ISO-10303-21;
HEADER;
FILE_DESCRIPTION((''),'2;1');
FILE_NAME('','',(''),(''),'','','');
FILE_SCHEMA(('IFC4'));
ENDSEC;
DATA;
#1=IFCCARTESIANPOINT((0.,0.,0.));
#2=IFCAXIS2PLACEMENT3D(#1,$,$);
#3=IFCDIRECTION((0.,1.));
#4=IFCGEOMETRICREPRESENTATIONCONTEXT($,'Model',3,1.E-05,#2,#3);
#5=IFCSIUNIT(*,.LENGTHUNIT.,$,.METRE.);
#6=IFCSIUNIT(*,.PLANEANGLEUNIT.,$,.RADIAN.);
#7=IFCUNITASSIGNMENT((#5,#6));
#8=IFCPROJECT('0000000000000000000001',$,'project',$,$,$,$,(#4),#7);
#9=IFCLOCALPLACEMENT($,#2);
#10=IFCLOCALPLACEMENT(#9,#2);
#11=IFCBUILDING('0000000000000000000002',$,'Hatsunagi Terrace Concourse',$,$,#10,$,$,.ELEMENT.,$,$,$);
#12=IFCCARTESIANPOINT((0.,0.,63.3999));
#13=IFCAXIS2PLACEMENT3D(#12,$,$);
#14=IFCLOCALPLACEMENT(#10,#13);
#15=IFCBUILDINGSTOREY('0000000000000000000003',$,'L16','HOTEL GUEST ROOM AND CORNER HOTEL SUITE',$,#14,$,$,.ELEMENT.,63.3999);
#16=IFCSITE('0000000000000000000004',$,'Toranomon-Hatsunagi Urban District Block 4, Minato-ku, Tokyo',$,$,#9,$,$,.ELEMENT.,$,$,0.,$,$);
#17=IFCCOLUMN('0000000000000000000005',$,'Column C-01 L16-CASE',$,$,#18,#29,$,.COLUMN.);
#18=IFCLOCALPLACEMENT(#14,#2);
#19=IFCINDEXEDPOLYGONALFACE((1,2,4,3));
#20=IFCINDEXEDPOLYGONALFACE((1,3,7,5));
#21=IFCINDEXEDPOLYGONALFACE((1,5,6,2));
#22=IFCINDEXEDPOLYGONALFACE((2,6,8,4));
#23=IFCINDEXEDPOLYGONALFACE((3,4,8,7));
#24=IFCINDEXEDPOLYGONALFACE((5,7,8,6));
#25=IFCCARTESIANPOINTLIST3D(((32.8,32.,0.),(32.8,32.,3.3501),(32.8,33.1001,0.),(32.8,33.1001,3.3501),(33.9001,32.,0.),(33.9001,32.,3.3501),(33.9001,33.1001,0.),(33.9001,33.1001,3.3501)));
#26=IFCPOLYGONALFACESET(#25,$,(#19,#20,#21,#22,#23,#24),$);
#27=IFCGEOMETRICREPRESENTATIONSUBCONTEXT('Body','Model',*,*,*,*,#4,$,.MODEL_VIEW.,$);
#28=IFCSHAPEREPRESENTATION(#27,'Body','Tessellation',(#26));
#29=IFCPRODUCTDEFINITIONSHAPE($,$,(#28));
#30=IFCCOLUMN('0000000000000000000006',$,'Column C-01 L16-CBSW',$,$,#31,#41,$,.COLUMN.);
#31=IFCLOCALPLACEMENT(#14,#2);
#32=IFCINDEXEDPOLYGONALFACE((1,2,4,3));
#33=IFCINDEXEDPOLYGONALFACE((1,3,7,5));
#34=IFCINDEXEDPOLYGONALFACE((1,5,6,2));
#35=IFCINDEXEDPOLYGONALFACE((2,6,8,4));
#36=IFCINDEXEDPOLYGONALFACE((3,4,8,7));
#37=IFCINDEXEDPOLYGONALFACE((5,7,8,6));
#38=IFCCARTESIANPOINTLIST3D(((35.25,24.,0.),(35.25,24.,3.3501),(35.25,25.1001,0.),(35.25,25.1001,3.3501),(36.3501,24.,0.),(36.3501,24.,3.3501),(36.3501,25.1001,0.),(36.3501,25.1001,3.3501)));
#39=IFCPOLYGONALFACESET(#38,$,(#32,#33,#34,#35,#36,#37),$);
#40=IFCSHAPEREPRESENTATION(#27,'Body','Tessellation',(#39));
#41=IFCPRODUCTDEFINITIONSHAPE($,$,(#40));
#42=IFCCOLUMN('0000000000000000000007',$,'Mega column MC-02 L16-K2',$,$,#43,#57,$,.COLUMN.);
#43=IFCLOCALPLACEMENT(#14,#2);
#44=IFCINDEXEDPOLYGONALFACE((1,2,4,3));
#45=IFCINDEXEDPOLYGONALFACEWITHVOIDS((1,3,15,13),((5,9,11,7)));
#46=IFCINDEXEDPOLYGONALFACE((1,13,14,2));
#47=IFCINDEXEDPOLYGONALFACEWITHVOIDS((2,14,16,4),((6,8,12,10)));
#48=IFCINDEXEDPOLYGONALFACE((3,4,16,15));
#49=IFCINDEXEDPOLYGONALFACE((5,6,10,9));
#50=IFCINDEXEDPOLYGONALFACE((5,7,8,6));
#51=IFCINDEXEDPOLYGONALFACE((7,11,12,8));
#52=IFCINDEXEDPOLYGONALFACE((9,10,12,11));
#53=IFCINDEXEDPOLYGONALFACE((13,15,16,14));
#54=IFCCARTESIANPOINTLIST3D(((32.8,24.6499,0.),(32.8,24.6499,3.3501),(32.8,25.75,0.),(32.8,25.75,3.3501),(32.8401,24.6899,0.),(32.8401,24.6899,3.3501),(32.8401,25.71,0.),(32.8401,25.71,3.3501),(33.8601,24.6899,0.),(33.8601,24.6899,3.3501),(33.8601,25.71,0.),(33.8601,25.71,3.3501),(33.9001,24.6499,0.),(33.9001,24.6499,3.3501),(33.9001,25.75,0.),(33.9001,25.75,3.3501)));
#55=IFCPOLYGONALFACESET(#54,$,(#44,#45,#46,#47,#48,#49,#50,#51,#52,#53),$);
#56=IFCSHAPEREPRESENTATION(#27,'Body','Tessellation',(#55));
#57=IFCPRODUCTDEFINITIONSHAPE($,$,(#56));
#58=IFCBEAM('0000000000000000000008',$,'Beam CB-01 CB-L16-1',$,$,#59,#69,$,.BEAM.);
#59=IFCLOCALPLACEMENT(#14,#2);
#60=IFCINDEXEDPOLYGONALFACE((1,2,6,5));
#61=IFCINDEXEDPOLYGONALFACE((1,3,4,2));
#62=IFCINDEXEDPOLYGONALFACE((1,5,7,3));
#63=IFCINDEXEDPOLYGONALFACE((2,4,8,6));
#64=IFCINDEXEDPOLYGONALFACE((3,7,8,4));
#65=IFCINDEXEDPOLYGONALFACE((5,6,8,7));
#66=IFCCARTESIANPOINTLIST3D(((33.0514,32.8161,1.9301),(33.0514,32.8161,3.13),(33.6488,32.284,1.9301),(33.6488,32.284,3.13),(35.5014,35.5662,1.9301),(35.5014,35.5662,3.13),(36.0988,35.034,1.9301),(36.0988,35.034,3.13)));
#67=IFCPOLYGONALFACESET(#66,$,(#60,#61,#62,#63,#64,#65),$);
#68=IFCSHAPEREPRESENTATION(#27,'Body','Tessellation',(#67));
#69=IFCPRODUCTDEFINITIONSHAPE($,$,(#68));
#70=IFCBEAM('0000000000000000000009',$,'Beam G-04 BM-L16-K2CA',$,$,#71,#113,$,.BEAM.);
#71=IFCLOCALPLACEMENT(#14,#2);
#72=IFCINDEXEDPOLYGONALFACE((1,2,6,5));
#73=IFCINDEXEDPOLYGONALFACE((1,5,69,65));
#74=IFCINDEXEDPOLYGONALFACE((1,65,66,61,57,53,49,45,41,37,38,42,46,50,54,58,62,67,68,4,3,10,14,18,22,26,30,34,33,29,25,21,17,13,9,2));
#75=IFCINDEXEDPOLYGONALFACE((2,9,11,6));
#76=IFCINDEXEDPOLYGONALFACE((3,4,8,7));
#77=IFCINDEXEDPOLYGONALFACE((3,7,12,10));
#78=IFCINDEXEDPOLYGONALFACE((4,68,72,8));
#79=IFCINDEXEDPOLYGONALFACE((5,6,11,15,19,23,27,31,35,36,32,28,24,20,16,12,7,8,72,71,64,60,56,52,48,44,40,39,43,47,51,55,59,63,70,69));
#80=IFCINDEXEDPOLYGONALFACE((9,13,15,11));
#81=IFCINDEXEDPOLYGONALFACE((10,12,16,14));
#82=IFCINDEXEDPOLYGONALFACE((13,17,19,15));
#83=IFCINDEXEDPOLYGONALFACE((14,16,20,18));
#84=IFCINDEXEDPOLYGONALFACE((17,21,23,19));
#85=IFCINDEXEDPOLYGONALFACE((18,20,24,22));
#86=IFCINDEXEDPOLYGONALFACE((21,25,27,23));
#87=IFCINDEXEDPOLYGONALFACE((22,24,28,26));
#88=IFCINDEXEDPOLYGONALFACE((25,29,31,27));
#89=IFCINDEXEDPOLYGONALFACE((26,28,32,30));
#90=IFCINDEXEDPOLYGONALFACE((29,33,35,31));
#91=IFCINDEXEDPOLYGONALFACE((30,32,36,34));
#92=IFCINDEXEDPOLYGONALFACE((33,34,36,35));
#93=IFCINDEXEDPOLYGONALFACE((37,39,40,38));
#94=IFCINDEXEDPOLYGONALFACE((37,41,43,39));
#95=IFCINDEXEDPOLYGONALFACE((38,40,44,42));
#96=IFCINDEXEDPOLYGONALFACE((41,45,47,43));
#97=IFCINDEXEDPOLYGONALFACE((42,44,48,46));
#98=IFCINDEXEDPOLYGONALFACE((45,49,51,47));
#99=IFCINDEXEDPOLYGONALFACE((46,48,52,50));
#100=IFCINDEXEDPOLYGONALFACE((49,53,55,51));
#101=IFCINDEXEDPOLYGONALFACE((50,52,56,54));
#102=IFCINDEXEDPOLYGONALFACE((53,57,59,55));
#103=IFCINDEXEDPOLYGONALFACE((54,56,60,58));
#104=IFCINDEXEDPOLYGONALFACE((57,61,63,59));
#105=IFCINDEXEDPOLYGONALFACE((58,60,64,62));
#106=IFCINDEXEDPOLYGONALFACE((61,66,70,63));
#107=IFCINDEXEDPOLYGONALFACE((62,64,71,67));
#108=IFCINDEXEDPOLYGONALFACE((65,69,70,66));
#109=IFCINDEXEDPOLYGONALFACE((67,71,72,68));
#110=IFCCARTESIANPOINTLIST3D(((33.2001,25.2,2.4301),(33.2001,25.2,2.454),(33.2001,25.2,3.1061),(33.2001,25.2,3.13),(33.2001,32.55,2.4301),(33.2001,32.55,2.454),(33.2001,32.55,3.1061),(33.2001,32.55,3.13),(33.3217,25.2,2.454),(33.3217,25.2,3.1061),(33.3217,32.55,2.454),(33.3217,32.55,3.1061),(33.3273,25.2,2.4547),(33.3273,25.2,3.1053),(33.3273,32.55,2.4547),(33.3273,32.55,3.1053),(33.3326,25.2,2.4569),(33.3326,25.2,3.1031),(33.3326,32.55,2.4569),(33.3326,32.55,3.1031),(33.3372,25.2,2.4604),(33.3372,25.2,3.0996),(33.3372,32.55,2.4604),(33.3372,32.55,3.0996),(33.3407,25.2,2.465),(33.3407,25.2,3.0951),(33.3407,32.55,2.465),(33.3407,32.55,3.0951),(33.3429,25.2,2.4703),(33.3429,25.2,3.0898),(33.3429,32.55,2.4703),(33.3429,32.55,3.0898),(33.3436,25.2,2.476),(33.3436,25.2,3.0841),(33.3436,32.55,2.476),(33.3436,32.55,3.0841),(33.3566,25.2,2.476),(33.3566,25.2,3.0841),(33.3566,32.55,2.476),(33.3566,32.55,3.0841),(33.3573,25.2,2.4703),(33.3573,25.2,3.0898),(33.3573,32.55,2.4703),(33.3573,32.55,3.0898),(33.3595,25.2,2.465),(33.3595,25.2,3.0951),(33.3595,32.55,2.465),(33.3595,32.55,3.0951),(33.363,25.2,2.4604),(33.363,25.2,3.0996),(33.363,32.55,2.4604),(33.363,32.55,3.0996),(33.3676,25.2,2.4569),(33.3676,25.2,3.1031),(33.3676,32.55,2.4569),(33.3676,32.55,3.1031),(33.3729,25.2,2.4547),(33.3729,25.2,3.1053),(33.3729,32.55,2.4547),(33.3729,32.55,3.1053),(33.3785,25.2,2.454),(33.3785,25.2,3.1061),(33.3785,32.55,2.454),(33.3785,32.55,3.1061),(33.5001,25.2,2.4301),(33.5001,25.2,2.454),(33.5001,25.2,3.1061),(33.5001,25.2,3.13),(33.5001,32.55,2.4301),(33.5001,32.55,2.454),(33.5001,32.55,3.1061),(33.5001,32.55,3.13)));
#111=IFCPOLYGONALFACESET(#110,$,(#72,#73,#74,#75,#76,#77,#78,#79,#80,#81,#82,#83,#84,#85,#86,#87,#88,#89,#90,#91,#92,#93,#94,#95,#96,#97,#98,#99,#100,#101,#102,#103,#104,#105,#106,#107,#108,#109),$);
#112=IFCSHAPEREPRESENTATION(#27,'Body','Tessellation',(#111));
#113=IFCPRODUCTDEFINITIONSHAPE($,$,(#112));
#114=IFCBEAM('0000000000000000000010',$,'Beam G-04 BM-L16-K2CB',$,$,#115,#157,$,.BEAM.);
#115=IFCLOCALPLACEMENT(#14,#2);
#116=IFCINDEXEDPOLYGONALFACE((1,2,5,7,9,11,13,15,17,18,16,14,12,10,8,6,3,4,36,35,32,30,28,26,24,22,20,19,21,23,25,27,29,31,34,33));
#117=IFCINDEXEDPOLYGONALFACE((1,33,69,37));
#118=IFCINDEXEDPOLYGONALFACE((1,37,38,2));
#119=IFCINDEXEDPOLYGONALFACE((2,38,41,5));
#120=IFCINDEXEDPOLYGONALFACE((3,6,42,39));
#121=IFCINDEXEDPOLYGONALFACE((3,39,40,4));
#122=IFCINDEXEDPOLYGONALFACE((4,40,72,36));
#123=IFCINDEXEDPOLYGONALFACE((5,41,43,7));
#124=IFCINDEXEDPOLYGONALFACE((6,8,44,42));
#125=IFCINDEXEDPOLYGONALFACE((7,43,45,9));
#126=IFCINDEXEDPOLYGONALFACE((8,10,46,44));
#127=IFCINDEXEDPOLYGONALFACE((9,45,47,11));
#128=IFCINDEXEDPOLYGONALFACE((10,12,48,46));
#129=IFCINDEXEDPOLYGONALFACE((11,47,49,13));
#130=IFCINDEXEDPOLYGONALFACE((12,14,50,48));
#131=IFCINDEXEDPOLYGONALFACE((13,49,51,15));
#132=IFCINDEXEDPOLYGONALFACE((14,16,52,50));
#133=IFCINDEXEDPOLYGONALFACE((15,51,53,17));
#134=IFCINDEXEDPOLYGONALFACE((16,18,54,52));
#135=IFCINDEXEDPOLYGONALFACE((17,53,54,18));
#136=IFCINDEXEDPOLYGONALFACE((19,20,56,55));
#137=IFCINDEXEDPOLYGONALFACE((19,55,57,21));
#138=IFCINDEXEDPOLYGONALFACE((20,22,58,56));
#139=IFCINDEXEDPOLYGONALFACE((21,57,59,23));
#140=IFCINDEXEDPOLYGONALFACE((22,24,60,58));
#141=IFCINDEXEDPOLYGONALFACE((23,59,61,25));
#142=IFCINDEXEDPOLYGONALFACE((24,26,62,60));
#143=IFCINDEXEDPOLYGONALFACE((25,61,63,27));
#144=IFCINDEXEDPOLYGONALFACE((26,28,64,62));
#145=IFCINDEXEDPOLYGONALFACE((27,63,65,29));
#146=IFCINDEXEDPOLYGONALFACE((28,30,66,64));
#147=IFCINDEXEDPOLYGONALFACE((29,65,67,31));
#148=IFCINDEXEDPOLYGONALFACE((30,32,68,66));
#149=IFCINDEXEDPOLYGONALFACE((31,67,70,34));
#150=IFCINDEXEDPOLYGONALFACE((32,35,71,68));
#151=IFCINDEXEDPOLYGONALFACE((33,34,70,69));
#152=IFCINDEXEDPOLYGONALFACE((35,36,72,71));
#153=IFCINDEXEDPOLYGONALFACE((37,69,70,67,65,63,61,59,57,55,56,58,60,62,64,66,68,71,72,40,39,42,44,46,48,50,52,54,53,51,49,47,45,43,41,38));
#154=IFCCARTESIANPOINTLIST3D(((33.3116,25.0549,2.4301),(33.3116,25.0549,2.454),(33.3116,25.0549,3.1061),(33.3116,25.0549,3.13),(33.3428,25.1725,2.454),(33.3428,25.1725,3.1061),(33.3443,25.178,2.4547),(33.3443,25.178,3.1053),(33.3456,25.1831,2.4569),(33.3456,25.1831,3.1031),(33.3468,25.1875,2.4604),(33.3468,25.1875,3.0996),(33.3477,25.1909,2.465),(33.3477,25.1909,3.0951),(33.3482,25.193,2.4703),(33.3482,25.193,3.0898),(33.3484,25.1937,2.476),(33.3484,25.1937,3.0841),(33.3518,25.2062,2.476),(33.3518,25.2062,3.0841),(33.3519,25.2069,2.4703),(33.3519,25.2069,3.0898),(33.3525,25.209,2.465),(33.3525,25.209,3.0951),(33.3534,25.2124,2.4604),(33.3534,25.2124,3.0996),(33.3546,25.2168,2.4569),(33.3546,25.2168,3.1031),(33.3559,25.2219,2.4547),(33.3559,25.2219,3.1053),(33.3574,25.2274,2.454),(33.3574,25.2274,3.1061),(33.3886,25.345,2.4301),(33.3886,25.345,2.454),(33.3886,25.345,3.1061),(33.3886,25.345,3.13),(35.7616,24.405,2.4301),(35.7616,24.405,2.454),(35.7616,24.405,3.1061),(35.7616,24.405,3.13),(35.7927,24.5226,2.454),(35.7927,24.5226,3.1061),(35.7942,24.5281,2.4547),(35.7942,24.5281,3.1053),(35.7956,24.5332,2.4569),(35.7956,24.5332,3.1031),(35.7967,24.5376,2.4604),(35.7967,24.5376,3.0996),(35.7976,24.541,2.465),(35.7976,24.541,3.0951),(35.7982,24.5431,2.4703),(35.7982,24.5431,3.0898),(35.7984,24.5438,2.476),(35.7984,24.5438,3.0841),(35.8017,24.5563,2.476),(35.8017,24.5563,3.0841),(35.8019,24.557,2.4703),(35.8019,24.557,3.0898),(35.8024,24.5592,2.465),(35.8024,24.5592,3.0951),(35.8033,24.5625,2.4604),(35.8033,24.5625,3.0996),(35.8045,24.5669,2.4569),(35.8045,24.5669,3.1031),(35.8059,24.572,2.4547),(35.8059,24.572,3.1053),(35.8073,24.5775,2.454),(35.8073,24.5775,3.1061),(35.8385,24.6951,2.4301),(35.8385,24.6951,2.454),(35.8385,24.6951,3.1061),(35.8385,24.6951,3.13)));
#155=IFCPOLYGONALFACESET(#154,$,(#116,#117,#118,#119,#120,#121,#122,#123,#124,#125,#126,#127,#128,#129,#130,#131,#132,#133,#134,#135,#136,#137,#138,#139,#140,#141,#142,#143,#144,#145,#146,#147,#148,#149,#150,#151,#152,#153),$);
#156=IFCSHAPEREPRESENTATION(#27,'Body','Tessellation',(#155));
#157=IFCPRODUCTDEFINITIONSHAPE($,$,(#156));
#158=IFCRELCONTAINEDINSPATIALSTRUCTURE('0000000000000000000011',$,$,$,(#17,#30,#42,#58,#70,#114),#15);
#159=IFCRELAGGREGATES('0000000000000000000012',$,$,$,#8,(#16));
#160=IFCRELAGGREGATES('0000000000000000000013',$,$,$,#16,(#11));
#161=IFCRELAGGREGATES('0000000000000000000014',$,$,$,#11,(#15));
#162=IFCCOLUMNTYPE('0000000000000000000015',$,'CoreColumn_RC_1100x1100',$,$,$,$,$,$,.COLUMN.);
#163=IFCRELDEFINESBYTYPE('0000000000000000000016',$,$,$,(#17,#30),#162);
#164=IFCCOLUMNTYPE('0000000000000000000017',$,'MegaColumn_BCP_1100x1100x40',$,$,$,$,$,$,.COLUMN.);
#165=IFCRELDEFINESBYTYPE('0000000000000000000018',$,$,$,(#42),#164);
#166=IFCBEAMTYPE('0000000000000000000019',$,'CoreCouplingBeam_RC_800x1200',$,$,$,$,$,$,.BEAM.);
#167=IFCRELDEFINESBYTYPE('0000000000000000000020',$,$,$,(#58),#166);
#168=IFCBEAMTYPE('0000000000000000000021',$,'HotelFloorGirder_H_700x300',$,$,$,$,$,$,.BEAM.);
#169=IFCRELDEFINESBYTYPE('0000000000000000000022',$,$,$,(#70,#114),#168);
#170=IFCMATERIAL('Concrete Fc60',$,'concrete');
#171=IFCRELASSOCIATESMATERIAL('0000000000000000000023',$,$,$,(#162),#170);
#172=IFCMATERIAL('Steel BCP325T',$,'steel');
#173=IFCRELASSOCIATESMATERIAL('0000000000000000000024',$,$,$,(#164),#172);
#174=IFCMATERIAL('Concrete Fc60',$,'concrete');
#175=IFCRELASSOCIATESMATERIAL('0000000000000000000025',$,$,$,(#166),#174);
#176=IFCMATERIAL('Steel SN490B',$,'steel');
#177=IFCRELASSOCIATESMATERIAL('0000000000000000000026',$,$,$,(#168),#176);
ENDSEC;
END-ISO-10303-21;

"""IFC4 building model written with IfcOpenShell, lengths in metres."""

from ifc_helpers import new_model, si_unit, direction, frame, origin, origin_2d, place, context, subcontext, project, spatial, rectangle, hollow_rectangle, i_section, extrude, material, material_profile, profile_set, type_object, element, save


model = new_model("IFC4")

# Units and contexts
model_context = context("Model", 3, precision=1e-05, world=origin(), true_north=direction((0.0, 1.0)))
body_context = subcontext(model_context, "Body", "Model", "MODEL_VIEW")
ifc_project = project(units=[si_unit("LENGTHUNIT", "METRE"), si_unit("PLANEANGLEUNIT", "RADIAN")], contexts=[model_context])

# Site, building, storey
site_placement = place(None, origin())
site = spatial("IfcSite", under=ifc_project, at=site_placement, Name="Toranomon-Hatsunagi Urban District Block 4, Minato-ku, Tokyo", CompositionType="ELEMENT", RefElevation=0.0)
building_placement = place(site_placement, origin())
building = spatial("IfcBuilding", under=site, at=building_placement, Name="Hatsunagi Terrace Concourse", CompositionType="ELEMENT")
storey_placement = place(building_placement, frame((0.0, 0.0, 63.3999)))
storey = spatial("IfcBuildingStorey", under=building, at=storey_placement, Name="L16", Description="HOTEL GUEST ROOM AND CORNER HOTEL SUITE", CompositionType="ELEMENT", Elevation=63.3999)

# Columns
ifc_material_1 = material(Name="Concrete Fc60", Category="concrete")
ifc_material_profile_1 = material_profile(ifc_material_1, rectangle(XDim=1.1001, YDim=1.1001, at=origin_2d()), Name="RC-1100x1100")
ifc_profile_set_1 = profile_set([ifc_material_profile_1], Name="Concrete Fc60")
column_type_1 = type_object("IfcColumnType", Name="CoreColumn_RC_1100x1100", PredefinedType="COLUMN", material=ifc_profile_set_1)
for number, where, z_axis, x_axis, name in (
    (1, (33.3501, 32.55, 0.0), (0.0, 0.0, 1.0), (1.0, 0.0, 0.0), "Column C-01 L16-CASE"),
    (2, (35.8, 24.55, 0.0), (0.0, 0.0, 1.0), (1.0, 0.0, 0.0), "Column C-01 L16-CBSW"),
):
    element("IfcColumn", number, at=place(storey_placement, frame(where, z_axis=z_axis, x_axis=x_axis)), inside=storey, type_object=column_type_1, Name=name, PredefinedType="COLUMN", context=body_context, shape_type="SweptSolid", body=[
        extrude(rectangle(XDim=1.1001, YDim=1.1001, at=origin_2d()), origin(), (0.0, 0.0, 1.0), 3.3501),
    ])
ifc_material_2 = material(Name="Steel BCP325T", Category="steel")
ifc_material_profile_2 = material_profile(ifc_material_2, hollow_rectangle(XDim=1.1001, YDim=1.1001, WallThickness=0.04, at=origin_2d()), Name="BCP-1100x1100x40")
ifc_profile_set_2 = profile_set([ifc_material_profile_2], Name="Steel BCP325T")
column_type_2 = type_object("IfcColumnType", Name="MegaColumn_BCP_1100x1100x40", PredefinedType="COLUMN", material=ifc_profile_set_2)
column_placement = place(storey_placement, frame((33.3501, 25.2, 0.0), z_axis=(0.0, 0.0, 1.0), x_axis=(1.0, 0.0, 0.0)))
element("IfcColumn", 3, at=column_placement, inside=storey, type_object=column_type_2, Name="Mega column MC-02 L16-K2", PredefinedType="COLUMN", context=body_context, shape_type="SweptSolid", body=[
    extrude(hollow_rectangle(XDim=1.1001, YDim=1.1001, WallThickness=0.04, at=origin_2d()), origin(), (0.0, 0.0, 1.0), 3.3501),
])

# Beams
ifc_material_3 = material(Name="Concrete Fc60", Category="concrete")
ifc_material_profile_3 = material_profile(ifc_material_3, rectangle(XDim=0.8, YDim=1.2, at=origin_2d()), Name="RC-800x1200")
ifc_profile_set_3 = profile_set([ifc_material_profile_3], Name="Concrete Fc60")
beam_type_1 = type_object("IfcBeamType", Name="CoreCouplingBeam_RC_800x1200", PredefinedType="BEAM", material=ifc_profile_set_3)
beam_1_placement = place(storey_placement, frame((33.3501, 32.55, 2.53), z_axis=(0.665199, 0.746666, 0.0), x_axis=(-0.746666, 0.665199, 0.0)))
element("IfcBeam", 4, at=beam_1_placement, inside=storey, type_object=beam_type_1, Name="Beam CB-01 CB-L16-1", PredefinedType="BEAM", context=body_context, shape_type="SweptSolid", body=[
    extrude(rectangle(XDim=0.8, YDim=1.2, at=origin_2d()), origin(), (0.0, 0.0, 1.0), 3.6831),
])
ifc_material_4 = material(Name="Steel SN490B", Category="steel")
ifc_material_profile_4 = material_profile(ifc_material_4, i_section(OverallWidth=0.3, OverallDepth=0.7, WebThickness=0.0129, FlangeThickness=0.0239, FilletRadius=0.022, at=origin_2d()), Name="H-700x300x13x24")
ifc_profile_set_4 = profile_set([ifc_material_profile_4], Name="Steel SN490B")
beam_type_2 = type_object("IfcBeamType", Name="HotelFloorGirder_H_700x300", PredefinedType="BEAM", material=ifc_profile_set_4)
beam_2_placement = place(storey_placement, frame((33.3501, 25.2, 2.78), z_axis=(0.0, 1.0, 0.0), x_axis=(-1.0, 0.0, 0.0)))
element("IfcBeam", 5, at=beam_2_placement, inside=storey, type_object=beam_type_2, Name="Beam G-04 BM-L16-K2CA", PredefinedType="BEAM", context=body_context, shape_type="SweptSolid", body=[
    extrude(i_section(OverallWidth=0.3, OverallDepth=0.7, WebThickness=0.0129, FlangeThickness=0.0239, FilletRadius=0.022, at=origin_2d()), origin(), (0.0, 0.0, 1.0), 7.3501),
])
beam_3_placement = place(storey_placement, frame((33.3501, 25.2, 2.78), z_axis=(0.96657, -0.256403, 0.0), x_axis=(0.256403, 0.96657, 0.0)))
element("IfcBeam", 6, at=beam_3_placement, inside=storey, type_object=beam_type_2, Name="Beam G-04 BM-L16-K2CB", PredefinedType="BEAM", context=body_context, shape_type="SweptSolid", body=[
    extrude(i_section(OverallWidth=0.3, OverallDepth=0.7, WebThickness=0.0129, FlangeThickness=0.0239, FilletRadius=0.022, at=origin_2d()), origin(), (0.0, 0.0, 1.0), 2.5347),
])

save(model, "model.ifc")
